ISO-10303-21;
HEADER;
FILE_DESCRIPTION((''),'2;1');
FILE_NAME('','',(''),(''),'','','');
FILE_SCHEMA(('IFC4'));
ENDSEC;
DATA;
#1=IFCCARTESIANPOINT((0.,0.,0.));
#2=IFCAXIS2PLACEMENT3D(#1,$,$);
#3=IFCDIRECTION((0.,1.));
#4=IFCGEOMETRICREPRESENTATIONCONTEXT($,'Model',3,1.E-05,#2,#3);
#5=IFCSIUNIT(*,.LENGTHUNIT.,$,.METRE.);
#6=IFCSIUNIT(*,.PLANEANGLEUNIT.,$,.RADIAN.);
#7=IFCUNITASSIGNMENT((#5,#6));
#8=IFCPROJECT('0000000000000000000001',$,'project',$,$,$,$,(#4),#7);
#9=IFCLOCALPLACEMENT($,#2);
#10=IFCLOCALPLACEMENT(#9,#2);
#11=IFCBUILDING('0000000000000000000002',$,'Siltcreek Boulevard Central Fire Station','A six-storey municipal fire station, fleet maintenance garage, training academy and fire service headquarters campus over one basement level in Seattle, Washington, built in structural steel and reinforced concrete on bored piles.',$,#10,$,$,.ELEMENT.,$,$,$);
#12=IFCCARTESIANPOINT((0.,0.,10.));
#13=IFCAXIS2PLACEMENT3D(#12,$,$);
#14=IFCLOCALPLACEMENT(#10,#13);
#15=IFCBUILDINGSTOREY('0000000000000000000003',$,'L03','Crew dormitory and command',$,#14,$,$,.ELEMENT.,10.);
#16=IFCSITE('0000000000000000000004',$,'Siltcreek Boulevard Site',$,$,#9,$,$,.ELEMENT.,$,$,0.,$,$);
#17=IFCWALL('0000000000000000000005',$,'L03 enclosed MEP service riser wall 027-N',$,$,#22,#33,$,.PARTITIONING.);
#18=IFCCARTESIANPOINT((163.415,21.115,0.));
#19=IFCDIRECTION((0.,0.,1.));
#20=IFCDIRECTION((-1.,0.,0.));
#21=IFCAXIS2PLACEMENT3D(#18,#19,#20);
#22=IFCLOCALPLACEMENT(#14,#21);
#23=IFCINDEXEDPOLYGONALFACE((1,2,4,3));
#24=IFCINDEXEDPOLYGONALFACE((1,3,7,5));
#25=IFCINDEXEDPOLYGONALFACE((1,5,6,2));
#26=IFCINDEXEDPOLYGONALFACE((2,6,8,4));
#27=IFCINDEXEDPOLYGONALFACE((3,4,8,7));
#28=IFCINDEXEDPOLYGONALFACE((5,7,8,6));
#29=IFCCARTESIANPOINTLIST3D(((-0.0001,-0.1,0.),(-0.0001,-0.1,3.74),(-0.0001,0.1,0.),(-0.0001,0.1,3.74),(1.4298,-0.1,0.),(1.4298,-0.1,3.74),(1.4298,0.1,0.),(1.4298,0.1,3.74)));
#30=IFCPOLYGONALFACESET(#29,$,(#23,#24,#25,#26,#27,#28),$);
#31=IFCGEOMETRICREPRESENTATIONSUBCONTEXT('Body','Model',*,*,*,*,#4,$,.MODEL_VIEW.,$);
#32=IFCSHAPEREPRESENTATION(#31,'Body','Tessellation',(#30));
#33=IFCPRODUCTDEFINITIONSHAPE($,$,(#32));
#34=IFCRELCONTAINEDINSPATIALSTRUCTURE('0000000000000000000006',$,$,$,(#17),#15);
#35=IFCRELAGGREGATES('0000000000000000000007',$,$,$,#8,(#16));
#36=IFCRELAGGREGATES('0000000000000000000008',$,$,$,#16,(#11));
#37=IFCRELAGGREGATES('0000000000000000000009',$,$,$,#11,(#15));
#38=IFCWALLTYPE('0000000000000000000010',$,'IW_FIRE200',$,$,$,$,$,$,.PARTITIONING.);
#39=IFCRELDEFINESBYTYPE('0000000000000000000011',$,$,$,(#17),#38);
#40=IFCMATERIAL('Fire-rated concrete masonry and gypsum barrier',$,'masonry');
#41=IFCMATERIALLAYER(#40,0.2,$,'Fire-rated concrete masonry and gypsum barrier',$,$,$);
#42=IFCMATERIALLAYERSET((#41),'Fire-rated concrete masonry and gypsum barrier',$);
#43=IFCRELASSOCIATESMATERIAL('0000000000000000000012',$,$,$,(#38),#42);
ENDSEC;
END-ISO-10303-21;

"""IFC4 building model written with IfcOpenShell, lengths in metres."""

from ifc_helpers import new_model, si_unit, direction, frame, frame_2d, origin, place, context, subcontext, project, spatial, rectangle, extrude, material, layer, layer_set, type_object, element, save


model = new_model("IFC4")

# Units and contexts
model_context = context("Model", 3, precision=1e-05, world=origin(), true_north=direction((0.0, 1.0)))
body_context = subcontext(model_context, "Body", "Model", "MODEL_VIEW")
ifc_project = project(units=[si_unit("LENGTHUNIT", "METRE"), si_unit("PLANEANGLEUNIT", "RADIAN")], contexts=[model_context])

# Site, building, storey
site_placement = place(None, origin())
site = spatial("IfcSite", under=ifc_project, at=site_placement, Name="Siltcreek Boulevard Site", CompositionType="ELEMENT", RefElevation=0.0)
building_placement = place(site_placement, origin())
building = spatial("IfcBuilding", under=site, at=building_placement, Name="Siltcreek Boulevard Central Fire Station", Description="A six-storey municipal fire station, fleet maintenance garage, training academy and fire service headquarters campus over one basement level in Seattle, Washington, built in structural steel and reinforced concrete on bored piles.", CompositionType="ELEMENT")
storey_placement = place(building_placement, frame((0.0, 0.0, 10.0)))
storey = spatial("IfcBuildingStorey", under=building, at=storey_placement, Name="L03", Description="Crew dormitory and command", CompositionType="ELEMENT", Elevation=10.0)

# Wall
ifc_material_1 = material(Name="Fire-rated concrete masonry and gypsum barrier", Category="masonry")
ifc_layer_1 = layer(ifc_material_1, 0.2, Name="Fire-rated concrete masonry and gypsum barrier")
ifc_layer_set_1 = layer_set([ifc_layer_1], Name="Fire-rated concrete masonry and gypsum barrier")
wall_type_1 = type_object("IfcWallType", Name="IW_FIRE200", PredefinedType="PARTITIONING", material=ifc_layer_set_1)
wall_1_placement = place(storey_placement, frame((163.415, 21.115, 0.0), z_axis=(0.0, 0.0, 1.0), x_axis=(-1.0, 0.0, 0.0)))
element("IfcWall", 1, at=wall_1_placement, inside=storey, type_object=wall_type_1, Name="L03 enclosed MEP service riser wall 027-N", PredefinedType="PARTITIONING", context=body_context, shape_type="SweptSolid", body=[
    extrude(rectangle(XDim=1.4299, YDim=0.2, at=frame_2d((0.7148, 0.0))), origin(), (0.0, 0.0, 1.0), 3.74),
])

save(model, "model.ifc")
